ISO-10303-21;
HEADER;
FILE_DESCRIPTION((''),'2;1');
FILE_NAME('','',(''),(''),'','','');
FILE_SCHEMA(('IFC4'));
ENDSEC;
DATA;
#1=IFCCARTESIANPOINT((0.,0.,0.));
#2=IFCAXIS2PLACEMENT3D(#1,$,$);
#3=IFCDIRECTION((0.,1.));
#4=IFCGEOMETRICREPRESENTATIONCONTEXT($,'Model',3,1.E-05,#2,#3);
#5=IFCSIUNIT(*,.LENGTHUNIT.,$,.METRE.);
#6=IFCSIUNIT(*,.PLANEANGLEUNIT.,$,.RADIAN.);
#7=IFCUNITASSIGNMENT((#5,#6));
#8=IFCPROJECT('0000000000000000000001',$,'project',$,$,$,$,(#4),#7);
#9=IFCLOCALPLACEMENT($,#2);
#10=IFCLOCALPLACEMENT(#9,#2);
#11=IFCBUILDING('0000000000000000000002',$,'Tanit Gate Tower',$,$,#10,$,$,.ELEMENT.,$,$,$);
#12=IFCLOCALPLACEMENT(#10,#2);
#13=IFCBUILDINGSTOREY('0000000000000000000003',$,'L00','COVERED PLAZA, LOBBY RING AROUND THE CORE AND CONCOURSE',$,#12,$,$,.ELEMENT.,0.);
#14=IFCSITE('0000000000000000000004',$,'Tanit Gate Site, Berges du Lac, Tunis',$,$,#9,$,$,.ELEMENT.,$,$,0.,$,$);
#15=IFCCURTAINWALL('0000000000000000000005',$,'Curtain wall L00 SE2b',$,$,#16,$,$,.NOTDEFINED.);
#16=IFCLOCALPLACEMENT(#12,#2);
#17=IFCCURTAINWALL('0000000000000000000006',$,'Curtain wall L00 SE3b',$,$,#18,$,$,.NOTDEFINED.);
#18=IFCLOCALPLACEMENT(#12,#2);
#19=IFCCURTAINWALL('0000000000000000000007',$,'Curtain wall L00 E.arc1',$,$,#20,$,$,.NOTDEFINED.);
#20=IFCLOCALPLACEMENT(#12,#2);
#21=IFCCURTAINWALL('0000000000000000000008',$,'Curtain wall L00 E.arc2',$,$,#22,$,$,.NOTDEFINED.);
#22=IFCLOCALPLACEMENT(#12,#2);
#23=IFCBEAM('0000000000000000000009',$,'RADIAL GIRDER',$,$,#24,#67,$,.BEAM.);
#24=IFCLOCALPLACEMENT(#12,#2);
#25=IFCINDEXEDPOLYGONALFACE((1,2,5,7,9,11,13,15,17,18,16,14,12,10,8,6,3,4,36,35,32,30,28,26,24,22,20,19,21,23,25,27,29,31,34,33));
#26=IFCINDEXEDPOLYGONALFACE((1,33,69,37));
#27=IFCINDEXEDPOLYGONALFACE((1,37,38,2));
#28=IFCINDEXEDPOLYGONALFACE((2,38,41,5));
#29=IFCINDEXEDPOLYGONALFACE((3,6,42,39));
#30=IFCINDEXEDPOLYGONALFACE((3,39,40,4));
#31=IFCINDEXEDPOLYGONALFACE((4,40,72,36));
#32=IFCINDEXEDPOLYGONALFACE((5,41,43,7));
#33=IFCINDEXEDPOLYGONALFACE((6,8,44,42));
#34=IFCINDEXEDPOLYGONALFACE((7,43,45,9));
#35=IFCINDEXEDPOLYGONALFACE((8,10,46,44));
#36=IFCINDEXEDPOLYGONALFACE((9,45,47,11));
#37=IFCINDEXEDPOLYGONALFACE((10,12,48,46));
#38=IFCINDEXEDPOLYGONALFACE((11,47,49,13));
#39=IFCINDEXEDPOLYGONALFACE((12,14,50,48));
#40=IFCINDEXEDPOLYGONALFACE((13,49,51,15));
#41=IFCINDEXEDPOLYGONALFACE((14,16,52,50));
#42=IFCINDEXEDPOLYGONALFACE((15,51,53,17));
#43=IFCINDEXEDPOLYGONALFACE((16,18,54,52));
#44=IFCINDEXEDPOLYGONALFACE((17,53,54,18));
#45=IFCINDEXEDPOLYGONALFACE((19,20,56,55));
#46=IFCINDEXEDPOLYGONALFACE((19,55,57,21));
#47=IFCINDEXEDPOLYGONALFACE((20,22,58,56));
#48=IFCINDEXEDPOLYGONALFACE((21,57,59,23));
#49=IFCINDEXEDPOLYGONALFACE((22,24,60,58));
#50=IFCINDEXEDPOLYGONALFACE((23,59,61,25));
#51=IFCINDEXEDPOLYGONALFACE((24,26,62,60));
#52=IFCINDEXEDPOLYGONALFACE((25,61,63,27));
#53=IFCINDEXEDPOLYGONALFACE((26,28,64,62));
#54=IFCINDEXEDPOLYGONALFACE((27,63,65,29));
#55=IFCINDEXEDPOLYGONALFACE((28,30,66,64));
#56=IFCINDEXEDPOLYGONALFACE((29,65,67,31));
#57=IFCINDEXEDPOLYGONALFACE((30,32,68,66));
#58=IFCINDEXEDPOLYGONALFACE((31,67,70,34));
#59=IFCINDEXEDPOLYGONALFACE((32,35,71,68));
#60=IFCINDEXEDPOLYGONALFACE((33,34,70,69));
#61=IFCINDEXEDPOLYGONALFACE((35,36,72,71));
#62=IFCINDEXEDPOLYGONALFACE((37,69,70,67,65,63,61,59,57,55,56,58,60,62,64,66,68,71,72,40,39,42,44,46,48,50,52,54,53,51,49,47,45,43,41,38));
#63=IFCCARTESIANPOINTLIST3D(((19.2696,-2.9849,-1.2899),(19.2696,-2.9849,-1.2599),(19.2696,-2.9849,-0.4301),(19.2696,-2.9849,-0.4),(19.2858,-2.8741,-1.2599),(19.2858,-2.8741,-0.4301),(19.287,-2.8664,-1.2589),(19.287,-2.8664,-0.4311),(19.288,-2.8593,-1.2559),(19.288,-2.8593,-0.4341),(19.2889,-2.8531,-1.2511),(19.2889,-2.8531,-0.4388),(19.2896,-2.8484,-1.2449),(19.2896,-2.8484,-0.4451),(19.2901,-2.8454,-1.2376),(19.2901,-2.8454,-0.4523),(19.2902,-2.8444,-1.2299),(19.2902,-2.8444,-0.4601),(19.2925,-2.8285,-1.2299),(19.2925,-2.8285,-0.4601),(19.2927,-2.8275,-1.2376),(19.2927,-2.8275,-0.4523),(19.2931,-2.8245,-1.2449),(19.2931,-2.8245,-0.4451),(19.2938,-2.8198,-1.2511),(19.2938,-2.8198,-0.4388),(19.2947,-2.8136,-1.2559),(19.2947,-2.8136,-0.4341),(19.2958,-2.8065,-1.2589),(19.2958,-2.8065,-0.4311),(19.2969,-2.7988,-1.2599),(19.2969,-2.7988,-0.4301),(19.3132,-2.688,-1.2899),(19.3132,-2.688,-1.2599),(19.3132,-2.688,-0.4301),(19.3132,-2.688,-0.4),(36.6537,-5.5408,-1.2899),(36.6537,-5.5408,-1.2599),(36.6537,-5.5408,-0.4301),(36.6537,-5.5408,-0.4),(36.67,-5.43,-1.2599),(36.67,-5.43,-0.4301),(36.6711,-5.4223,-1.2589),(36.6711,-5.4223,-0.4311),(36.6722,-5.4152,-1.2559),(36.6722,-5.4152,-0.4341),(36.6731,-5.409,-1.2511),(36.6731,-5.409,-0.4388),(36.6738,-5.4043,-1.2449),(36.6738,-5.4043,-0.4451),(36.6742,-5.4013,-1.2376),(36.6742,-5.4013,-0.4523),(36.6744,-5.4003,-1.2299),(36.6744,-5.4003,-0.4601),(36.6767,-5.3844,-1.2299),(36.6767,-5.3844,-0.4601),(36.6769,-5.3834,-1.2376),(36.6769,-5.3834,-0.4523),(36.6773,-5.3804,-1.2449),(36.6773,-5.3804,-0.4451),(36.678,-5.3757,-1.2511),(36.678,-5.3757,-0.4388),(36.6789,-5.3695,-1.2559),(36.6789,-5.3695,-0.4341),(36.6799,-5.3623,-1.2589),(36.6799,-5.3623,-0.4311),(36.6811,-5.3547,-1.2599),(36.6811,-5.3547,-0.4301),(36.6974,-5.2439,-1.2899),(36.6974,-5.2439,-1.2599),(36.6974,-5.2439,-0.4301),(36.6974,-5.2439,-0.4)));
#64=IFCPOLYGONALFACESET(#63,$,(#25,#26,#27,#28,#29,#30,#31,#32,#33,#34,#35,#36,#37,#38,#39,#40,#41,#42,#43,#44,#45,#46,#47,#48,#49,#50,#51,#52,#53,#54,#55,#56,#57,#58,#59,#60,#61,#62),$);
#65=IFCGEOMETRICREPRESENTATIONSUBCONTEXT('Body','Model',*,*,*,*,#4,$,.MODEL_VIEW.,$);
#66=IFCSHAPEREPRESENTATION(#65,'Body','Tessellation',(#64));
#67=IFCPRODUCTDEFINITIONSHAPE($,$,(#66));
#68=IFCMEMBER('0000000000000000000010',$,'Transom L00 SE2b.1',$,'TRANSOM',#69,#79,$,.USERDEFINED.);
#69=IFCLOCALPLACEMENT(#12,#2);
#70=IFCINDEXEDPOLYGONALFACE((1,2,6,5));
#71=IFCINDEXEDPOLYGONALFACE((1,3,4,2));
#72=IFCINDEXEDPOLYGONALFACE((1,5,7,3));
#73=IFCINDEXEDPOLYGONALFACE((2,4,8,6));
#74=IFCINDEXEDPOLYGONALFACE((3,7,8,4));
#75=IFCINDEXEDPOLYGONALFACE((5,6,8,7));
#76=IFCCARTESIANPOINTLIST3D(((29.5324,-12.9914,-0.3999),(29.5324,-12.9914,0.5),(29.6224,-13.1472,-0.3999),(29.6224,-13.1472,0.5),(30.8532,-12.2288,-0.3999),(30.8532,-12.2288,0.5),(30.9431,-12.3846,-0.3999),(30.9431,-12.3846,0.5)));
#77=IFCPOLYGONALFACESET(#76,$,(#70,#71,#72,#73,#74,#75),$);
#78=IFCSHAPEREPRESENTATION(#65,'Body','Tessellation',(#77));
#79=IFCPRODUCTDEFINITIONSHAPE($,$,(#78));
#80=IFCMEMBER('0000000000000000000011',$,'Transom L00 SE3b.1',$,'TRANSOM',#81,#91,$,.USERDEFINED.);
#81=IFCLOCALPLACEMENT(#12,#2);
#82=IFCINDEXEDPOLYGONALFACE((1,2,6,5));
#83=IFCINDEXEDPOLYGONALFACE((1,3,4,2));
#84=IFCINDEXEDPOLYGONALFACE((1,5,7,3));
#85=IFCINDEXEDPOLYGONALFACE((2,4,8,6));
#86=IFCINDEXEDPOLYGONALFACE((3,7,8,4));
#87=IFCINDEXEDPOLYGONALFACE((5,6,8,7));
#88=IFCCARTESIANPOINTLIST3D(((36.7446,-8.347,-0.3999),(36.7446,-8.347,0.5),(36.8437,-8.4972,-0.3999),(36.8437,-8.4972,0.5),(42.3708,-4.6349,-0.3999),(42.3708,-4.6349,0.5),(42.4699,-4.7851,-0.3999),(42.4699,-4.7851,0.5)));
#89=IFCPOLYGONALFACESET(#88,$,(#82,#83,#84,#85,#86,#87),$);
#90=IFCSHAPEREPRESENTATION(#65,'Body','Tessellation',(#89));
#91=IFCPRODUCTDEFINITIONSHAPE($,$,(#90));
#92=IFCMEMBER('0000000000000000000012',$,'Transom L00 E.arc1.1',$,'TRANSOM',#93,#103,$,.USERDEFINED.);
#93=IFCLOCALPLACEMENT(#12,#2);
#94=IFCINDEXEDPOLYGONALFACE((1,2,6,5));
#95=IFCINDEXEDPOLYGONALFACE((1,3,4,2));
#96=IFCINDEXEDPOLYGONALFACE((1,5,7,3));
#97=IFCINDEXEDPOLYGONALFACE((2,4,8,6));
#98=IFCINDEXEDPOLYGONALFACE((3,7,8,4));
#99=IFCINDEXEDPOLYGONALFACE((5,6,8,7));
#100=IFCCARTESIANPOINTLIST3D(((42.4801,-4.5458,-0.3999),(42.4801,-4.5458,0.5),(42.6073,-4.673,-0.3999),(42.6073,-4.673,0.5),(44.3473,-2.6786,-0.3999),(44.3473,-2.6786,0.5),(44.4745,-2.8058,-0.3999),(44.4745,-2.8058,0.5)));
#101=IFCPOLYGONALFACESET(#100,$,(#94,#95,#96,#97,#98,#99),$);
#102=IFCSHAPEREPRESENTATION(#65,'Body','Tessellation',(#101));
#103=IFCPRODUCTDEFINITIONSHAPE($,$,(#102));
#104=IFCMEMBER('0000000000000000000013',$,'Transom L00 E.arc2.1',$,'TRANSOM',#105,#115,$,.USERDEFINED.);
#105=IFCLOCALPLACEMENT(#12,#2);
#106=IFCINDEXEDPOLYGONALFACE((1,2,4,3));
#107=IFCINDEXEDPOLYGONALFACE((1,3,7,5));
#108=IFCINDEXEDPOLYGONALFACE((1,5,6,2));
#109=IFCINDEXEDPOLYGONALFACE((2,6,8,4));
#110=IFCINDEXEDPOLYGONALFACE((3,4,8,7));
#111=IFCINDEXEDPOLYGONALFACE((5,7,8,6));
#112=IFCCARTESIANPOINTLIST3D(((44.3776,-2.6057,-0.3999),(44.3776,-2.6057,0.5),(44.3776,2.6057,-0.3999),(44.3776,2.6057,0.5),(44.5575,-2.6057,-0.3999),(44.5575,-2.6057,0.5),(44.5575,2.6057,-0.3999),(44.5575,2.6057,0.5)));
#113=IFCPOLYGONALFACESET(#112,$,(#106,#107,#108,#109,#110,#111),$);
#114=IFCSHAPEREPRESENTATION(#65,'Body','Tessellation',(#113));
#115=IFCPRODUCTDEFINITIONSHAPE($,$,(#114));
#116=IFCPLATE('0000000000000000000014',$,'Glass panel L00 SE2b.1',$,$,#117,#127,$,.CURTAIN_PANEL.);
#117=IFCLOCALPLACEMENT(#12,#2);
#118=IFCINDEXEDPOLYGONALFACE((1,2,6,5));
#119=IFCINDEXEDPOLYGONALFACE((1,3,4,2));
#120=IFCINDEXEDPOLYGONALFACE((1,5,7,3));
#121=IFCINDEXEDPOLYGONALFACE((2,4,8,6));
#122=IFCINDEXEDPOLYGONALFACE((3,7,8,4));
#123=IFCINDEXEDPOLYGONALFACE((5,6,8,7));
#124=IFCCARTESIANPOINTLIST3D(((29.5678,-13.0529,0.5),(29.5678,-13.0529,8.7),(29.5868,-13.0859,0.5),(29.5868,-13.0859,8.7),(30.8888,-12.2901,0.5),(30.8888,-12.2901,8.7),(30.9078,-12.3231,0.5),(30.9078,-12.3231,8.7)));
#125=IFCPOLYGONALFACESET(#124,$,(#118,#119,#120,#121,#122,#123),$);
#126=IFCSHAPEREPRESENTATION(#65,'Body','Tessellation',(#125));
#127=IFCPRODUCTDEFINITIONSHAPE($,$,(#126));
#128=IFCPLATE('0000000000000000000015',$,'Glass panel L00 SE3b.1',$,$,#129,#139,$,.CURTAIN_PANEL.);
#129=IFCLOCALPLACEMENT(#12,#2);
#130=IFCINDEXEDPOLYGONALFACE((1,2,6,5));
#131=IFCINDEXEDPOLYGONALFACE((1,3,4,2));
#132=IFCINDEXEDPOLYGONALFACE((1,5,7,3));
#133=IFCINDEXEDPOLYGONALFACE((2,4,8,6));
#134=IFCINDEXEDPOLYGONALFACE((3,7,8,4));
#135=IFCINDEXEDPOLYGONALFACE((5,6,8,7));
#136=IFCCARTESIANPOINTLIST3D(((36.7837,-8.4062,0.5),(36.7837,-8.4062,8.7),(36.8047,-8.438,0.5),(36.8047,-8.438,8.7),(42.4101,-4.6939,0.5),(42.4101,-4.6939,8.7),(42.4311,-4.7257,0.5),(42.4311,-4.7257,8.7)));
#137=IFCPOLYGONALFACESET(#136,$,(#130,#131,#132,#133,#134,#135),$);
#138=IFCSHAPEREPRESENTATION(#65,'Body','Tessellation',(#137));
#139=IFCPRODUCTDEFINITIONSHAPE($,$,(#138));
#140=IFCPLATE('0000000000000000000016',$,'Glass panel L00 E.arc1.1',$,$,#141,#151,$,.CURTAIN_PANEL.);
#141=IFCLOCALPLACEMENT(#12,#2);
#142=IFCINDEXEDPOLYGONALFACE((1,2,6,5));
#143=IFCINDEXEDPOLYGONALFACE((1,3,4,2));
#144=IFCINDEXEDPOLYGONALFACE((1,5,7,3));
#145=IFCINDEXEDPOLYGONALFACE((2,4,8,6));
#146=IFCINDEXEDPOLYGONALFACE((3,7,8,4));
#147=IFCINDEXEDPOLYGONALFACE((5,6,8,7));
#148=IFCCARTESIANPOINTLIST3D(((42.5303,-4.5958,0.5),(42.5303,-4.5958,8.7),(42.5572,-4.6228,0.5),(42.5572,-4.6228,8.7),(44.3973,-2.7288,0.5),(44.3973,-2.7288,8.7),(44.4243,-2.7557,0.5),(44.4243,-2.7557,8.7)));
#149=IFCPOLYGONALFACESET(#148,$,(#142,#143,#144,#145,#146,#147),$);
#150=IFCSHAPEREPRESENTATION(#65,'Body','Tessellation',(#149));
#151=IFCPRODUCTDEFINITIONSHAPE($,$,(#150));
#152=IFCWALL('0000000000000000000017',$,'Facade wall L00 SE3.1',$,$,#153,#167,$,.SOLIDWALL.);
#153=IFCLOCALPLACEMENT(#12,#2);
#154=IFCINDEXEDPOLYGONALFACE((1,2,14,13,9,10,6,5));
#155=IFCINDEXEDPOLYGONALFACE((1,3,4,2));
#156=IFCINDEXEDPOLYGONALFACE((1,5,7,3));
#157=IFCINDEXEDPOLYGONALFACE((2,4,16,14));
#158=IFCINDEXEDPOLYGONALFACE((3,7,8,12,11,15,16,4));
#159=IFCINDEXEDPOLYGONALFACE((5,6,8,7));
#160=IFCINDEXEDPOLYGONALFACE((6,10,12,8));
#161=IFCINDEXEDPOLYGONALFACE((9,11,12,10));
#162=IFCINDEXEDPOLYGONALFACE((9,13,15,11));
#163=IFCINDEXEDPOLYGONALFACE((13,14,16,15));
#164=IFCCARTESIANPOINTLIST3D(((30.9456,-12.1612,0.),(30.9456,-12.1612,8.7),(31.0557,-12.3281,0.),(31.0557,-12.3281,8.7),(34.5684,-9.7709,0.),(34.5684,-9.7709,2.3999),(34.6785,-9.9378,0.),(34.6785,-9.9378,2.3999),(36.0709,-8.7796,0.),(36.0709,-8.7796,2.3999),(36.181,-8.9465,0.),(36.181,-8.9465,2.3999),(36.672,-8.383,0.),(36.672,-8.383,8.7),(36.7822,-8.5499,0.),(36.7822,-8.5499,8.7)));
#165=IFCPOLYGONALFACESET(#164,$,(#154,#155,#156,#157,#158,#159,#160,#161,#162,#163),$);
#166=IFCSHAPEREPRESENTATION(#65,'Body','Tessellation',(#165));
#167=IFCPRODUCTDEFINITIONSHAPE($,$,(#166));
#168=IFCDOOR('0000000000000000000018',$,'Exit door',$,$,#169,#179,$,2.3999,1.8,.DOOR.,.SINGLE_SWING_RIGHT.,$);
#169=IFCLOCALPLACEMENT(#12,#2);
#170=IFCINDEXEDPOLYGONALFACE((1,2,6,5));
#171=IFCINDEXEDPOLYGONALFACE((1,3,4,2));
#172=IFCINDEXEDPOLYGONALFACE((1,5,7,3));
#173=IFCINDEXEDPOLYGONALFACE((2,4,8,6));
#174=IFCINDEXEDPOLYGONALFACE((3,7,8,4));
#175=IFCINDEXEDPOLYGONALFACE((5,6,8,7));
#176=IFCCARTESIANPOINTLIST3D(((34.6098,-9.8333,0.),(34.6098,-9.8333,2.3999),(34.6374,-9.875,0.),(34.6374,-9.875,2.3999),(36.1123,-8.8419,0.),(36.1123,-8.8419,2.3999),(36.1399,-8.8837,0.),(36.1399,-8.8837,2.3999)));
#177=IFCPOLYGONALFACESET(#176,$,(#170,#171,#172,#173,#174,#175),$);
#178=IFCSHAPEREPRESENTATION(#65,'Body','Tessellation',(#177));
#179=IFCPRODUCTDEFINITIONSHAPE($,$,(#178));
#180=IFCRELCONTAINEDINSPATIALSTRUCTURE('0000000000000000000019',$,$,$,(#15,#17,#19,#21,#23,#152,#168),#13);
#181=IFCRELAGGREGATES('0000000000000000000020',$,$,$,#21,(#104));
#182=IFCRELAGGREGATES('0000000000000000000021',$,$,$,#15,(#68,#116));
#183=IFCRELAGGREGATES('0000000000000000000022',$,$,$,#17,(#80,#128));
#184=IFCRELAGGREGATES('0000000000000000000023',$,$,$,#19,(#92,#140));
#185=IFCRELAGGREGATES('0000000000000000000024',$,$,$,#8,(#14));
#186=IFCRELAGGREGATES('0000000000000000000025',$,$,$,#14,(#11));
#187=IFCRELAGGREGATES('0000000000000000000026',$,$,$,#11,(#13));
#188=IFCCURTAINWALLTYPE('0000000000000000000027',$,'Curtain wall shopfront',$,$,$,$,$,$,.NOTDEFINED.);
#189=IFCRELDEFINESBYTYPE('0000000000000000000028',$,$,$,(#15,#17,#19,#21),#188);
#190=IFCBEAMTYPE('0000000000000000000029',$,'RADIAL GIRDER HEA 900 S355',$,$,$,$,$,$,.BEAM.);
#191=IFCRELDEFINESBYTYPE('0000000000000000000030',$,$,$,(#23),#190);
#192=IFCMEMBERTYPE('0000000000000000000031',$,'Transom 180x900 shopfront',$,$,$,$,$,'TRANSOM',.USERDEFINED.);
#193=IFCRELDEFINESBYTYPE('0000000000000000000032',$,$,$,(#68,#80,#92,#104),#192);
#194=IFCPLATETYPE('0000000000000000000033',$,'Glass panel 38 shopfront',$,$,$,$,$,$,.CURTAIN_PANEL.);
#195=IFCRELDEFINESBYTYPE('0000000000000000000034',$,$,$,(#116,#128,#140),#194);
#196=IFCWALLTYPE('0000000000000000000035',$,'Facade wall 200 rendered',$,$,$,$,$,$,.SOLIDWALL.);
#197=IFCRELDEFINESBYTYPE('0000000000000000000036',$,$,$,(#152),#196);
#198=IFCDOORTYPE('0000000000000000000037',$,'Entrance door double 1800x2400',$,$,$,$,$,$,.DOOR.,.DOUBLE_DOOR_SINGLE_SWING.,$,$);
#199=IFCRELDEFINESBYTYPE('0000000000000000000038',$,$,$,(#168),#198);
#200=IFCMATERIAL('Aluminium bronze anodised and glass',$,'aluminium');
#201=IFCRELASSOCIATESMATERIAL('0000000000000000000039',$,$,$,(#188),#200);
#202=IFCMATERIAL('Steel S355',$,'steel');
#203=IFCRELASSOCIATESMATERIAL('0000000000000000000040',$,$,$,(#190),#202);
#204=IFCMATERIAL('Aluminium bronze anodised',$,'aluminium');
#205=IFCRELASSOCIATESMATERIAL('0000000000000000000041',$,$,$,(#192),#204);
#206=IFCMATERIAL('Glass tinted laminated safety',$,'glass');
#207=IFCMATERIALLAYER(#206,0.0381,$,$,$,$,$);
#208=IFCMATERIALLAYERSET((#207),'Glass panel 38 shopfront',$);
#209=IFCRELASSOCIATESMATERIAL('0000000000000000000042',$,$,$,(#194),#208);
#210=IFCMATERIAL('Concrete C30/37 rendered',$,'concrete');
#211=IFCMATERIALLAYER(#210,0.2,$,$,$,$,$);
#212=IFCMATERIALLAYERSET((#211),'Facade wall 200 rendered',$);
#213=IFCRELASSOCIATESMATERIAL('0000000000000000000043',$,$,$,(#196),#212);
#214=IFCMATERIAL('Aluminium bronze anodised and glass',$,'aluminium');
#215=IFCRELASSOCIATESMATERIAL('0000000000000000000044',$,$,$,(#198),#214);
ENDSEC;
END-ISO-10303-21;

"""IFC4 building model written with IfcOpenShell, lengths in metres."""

from ifc_helpers import new_model, si_unit, direction, frame, frame_2d, origin, origin_2d, place, context, subcontext, project, spatial, rectangle, i_section, extrude, material, layer, layer_set, material_profile, profile_set, type_object, element, fill, aggregate, save


model = new_model("IFC4")

# Units and contexts
model_context = context("Model", 3, precision=1e-05, world=origin(), true_north=direction((0.0, 1.0)))
body_context = subcontext(model_context, "Body", "Model", "MODEL_VIEW")
ifc_project = project(units=[si_unit("LENGTHUNIT", "METRE"), si_unit("PLANEANGLEUNIT", "RADIAN")], contexts=[model_context])

# Site, building, storey
site_placement = place(None, origin())
site = spatial("IfcSite", under=ifc_project, at=site_placement, Name="Tanit Gate Site, Berges du Lac, Tunis", CompositionType="ELEMENT", RefElevation=0.0)
building_placement = place(site_placement, origin())
building = spatial("IfcBuilding", under=site, at=building_placement, Name="Tanit Gate Tower", CompositionType="ELEMENT")
storey_placement = place(building_placement, origin())
storey = spatial("IfcBuildingStorey", under=building, at=storey_placement, Name="L00", Description="COVERED PLAZA, LOBBY RING AROUND THE CORE AND CONCOURSE", CompositionType="ELEMENT", Elevation=0.0)

# Curtain walls
ifc_material_1 = material(Name="Aluminium bronze anodised and glass", Category="aluminium")
curtain_wall_type = type_object("IfcCurtainWallType", Name="Curtain wall shopfront", PredefinedType="NOTDEFINED", material=ifc_material_1)
curtain_wall_1_placement = place(storey_placement, origin())
curtain_wall_1 = element("IfcCurtainWall", 1, at=curtain_wall_1_placement, inside=storey, type_object=curtain_wall_type, Name="Curtain wall L00 SE2b", PredefinedType="NOTDEFINED")
curtain_wall_2_placement = place(storey_placement, origin())
curtain_wall_2 = element("IfcCurtainWall", 2, at=curtain_wall_2_placement, inside=storey, type_object=curtain_wall_type, Name="Curtain wall L00 SE3b", PredefinedType="NOTDEFINED")
curtain_wall_3_placement = place(storey_placement, origin())
curtain_wall_3 = element("IfcCurtainWall", 3, at=curtain_wall_3_placement, inside=storey, type_object=curtain_wall_type, Name="Curtain wall L00 E.arc1", PredefinedType="NOTDEFINED")

# Curtain wall
curtain_wall_4_placement = place(storey_placement, origin())
curtain_wall_4 = element("IfcCurtainWall", 4, at=curtain_wall_4_placement, inside=storey, type_object=curtain_wall_type, Name="Curtain wall L00 E.arc2", PredefinedType="NOTDEFINED")

# Beam
ifc_material_2 = material(Name="Steel S355", Category="steel")
ifc_material_profile_1 = material_profile(ifc_material_2, i_section(OverallWidth=0.3, OverallDepth=0.8899, WebThickness=0.0161, FlangeThickness=0.03, FilletRadius=0.03, at=origin_2d()), Name="HEA 900")
ifc_profile_set_1 = profile_set([ifc_material_profile_1], Name="Steel S355")
beam_type_1 = type_object("IfcBeamType", Name="RADIAL GIRDER HEA 900 S355", PredefinedType="BEAM", material=ifc_profile_set_1)
beam_1_placement = place(storey_placement, frame((36.6755, -5.3923, -0.845), z_axis=(-0.989364, 0.14546, 0.0), x_axis=(-0.14546, -0.989364, 0.0)))
element("IfcBeam", 5, at=beam_1_placement, inside=storey, type_object=beam_type_1, Name="RADIAL GIRDER", PredefinedType="BEAM", context=body_context, shape_type="SweptSolid", body=[
    extrude(i_section(OverallWidth=0.3, OverallDepth=0.8899, WebThickness=0.0161, FlangeThickness=0.03, FilletRadius=0.03, at=origin_2d()), origin(), (0.0, 0.0, 1.0), 17.571),
])

# Members
ifc_material_3 = material(Name="Aluminium bronze anodised", Category="aluminium")
ifc_material_profile_2 = material_profile(ifc_material_3, rectangle(XDim=0.1799, YDim=0.8999, at=origin_2d()), Name="180x900 bronze transom")
ifc_profile_set_2 = profile_set([ifc_material_profile_2], Name="Aluminium bronze anodised")
member_type_1 = type_object("IfcMemberType", Name="Transom 180x900 shopfront", ElementType="TRANSOM", PredefinedType="USERDEFINED", material=ifc_profile_set_2)
member_1_placement = place(storey_placement, frame((29.5774, -13.0693, 0.05), z_axis=(0.865988, 0.500064, 0.0), x_axis=(-0.500064, 0.865988, 0.0)))
member_1 = element("IfcMember", 6, at=member_1_placement, type_object=member_type_1, Name="Transom L00 SE2b.1", ObjectType="TRANSOM", PredefinedType="USERDEFINED", context=body_context, shape_type="SweptSolid", body=[
    extrude(rectangle(XDim=0.1799, YDim=0.8999, at=origin_2d()), origin(), (0.0, 0.0, 1.0), 1.5251),
])
member_2_placement = place(storey_placement, frame((36.7942, -8.4221, 0.05), z_axis=(0.834688, 0.550724, 0.0), x_axis=(-0.550724, 0.834688, 0.0)))
member_2 = element("IfcMember", 7, at=member_2_placement, type_object=member_type_1, Name="Transom L00 SE3b.1", ObjectType="TRANSOM", PredefinedType="USERDEFINED", context=body_context, shape_type="SweptSolid", body=[
    extrude(rectangle(XDim=0.1799, YDim=0.8999, at=origin_2d()), origin(), (0.0, 0.0, 1.0), 6.7405),
])
member_3_placement = place(storey_placement, frame((42.5437, -4.6094, 0.05), z_axis=(0.707107, 0.707107, 0.0), x_axis=(-0.707107, 0.707107, 0.0)))
member_3 = element("IfcMember", 8, at=member_3_placement, type_object=member_type_1, Name="Transom L00 E.arc1.1", ObjectType="TRANSOM", PredefinedType="USERDEFINED", context=body_context, shape_type="SweptSolid", body=[
    extrude(rectangle(XDim=0.1799, YDim=0.8999, at=origin_2d()), origin(), (0.0, 0.0, 1.0), 2.6406),
])
member_4_placement = place(storey_placement, frame((44.4675, -2.6057, 0.05), z_axis=(0.0, 1.0, 0.0), x_axis=(-1.0, 0.0, 0.0)))
member_4 = element("IfcMember", 9, at=member_4_placement, type_object=member_type_1, Name="Transom L00 E.arc2.1", ObjectType="TRANSOM", PredefinedType="USERDEFINED", context=body_context, shape_type="SweptSolid", body=[
    extrude(rectangle(XDim=0.1799, YDim=0.8999, at=origin_2d()), origin(), (0.0, 0.0, 1.0), 5.2114),
])
aggregate(curtain_wall_4, [member_4])

# Plates
ifc_material_4 = material(Name="Glass tinted laminated safety", Category="glass")
ifc_layer_1 = layer(ifc_material_4, 0.0381)
ifc_layer_set_1 = layer_set([ifc_layer_1], Name="Glass panel 38 shopfront")
plate_type = type_object("IfcPlateType", Name="Glass panel 38 shopfront", PredefinedType="CURTAIN_PANEL", material=ifc_layer_set_1)
plate_1_placement = place(storey_placement, frame((30.2378, -12.688, 0.5), z_axis=(0.0, 0.0, 1.0), x_axis=(0.865991, 0.50006, 0.0)))
plate_1 = element("IfcPlate", 10, at=plate_1_placement, type_object=plate_type, Name="Glass panel L00 SE2b.1", PredefinedType="CURTAIN_PANEL", context=body_context, shape_type="SweptSolid", body=[
    extrude(rectangle(XDim=1.5254, YDim=0.0381, at=origin_2d()), origin(), (0.0, 0.0, 1.0), 8.2),
])
aggregate(curtain_wall_1, [member_1, plate_1])
plate_2_placement = place(storey_placement, frame((39.6074, -6.5659, 0.5), z_axis=(0.0, 0.0, 1.0), x_axis=(0.834683, 0.55073, 0.0)))
plate_2 = element("IfcPlate", 11, at=plate_2_placement, type_object=plate_type, Name="Glass panel L00 SE3b.1", PredefinedType="CURTAIN_PANEL", context=body_context, shape_type="SweptSolid", body=[
    extrude(rectangle(XDim=6.7407, YDim=0.0381, at=origin_2d()), origin(), (0.0, 0.0, 1.0), 8.2),
])
aggregate(curtain_wall_2, [member_2, plate_2])
plate_3_placement = place(storey_placement, frame((43.4773, -3.6758, 0.5), z_axis=(0.0, 0.0, 1.0), x_axis=(0.707107, 0.707107, 0.0)))
plate_3 = element("IfcPlate", 12, at=plate_3_placement, type_object=plate_type, Name="Glass panel L00 E.arc1.1", PredefinedType="CURTAIN_PANEL", context=body_context, shape_type="SweptSolid", body=[
    extrude(rectangle(XDim=2.6404, YDim=0.0381, at=origin_2d()), origin(), (0.0, 0.0, 1.0), 8.2),
])
aggregate(curtain_wall_3, [member_3, plate_3])

# Wall, opening, door
ifc_material_5 = material(Name="Concrete C30/37 rendered", Category="concrete")
ifc_layer_2 = layer(ifc_material_5, 0.2)
ifc_layer_set_2 = layer_set([ifc_layer_2], Name="Facade wall 200 rendered")
wall_type_1 = type_object("IfcWallType", Name="Facade wall 200 rendered", PredefinedType="SOLIDWALL", material=ifc_layer_set_2)
wall_1_placement = place(storey_placement, frame((31.0007, -12.2446, 0.0), z_axis=(0.0, 0.0, 1.0), x_axis=(0.834691, 0.550719, 0.0)))
wall_1 = element("IfcWall", 13, at=wall_1_placement, inside=storey, type_object=wall_type_1, Name="Facade wall L00 SE3.1", PredefinedType="SOLIDWALL", context=body_context, shape_type="SweptSolid", body=[
    extrude(rectangle(XDim=6.8606, YDim=0.2, at=frame_2d((3.4302, 0.0))), origin(), (0.0, 0.0, 1.0), 8.7),
])
opening_1_placement = place(wall_1_placement, frame((4.3403, 0.0, 0.0)))
opening_1 = element("IfcOpeningElement", 14, at=opening_1_placement, cuts=wall_1, PredefinedType="OPENING", context=body_context, shape_type="SweptSolid", body=[
    extrude(rectangle(XDim=1.8, YDim=2.3999, at=frame_2d((0.8999, 1.2))), frame((0.0, 0.1099, 0.0), z_axis=(0.0, -1.0, 0.0), x_axis=(1.0, 0.0, 0.0)), (0.0, 0.0, 1.0), 0.22),
])
ifc_material_6 = material(Name="Aluminium bronze anodised and glass", Category="aluminium")
door_type_1 = type_object("IfcDoorType", Name="Entrance door double 1800x2400", OperationType="DOUBLE_DOOR_SINGLE_SWING", PredefinedType="DOOR", material=ifc_material_6)
door_1_placement = place(opening_1_placement, frame((1.8, 0.0, 0.0), z_axis=(0.0, 0.0, 1.0), x_axis=(-1.0, 0.0, 0.0)))
door_1 = element("IfcDoor", 15, at=door_1_placement, inside=storey, type_object=door_type_1, Name="Exit door", OperationType="SINGLE_SWING_RIGHT", OverallHeight=2.3999, OverallWidth=1.8, PredefinedType="DOOR", context=body_context, shape_type="SweptSolid", body=[
    extrude(rectangle(XDim=1.8, YDim=2.3999, at=frame_2d((0.8999, 1.2))), frame((0.0, 0.0249, 0.0), z_axis=(0.0, -1.0, 0.0), x_axis=(1.0, 0.0, 0.0)), (0.0, 0.0, 1.0), 0.05),
])
fill(opening_1, door_1)

save(model, "model.ifc")
